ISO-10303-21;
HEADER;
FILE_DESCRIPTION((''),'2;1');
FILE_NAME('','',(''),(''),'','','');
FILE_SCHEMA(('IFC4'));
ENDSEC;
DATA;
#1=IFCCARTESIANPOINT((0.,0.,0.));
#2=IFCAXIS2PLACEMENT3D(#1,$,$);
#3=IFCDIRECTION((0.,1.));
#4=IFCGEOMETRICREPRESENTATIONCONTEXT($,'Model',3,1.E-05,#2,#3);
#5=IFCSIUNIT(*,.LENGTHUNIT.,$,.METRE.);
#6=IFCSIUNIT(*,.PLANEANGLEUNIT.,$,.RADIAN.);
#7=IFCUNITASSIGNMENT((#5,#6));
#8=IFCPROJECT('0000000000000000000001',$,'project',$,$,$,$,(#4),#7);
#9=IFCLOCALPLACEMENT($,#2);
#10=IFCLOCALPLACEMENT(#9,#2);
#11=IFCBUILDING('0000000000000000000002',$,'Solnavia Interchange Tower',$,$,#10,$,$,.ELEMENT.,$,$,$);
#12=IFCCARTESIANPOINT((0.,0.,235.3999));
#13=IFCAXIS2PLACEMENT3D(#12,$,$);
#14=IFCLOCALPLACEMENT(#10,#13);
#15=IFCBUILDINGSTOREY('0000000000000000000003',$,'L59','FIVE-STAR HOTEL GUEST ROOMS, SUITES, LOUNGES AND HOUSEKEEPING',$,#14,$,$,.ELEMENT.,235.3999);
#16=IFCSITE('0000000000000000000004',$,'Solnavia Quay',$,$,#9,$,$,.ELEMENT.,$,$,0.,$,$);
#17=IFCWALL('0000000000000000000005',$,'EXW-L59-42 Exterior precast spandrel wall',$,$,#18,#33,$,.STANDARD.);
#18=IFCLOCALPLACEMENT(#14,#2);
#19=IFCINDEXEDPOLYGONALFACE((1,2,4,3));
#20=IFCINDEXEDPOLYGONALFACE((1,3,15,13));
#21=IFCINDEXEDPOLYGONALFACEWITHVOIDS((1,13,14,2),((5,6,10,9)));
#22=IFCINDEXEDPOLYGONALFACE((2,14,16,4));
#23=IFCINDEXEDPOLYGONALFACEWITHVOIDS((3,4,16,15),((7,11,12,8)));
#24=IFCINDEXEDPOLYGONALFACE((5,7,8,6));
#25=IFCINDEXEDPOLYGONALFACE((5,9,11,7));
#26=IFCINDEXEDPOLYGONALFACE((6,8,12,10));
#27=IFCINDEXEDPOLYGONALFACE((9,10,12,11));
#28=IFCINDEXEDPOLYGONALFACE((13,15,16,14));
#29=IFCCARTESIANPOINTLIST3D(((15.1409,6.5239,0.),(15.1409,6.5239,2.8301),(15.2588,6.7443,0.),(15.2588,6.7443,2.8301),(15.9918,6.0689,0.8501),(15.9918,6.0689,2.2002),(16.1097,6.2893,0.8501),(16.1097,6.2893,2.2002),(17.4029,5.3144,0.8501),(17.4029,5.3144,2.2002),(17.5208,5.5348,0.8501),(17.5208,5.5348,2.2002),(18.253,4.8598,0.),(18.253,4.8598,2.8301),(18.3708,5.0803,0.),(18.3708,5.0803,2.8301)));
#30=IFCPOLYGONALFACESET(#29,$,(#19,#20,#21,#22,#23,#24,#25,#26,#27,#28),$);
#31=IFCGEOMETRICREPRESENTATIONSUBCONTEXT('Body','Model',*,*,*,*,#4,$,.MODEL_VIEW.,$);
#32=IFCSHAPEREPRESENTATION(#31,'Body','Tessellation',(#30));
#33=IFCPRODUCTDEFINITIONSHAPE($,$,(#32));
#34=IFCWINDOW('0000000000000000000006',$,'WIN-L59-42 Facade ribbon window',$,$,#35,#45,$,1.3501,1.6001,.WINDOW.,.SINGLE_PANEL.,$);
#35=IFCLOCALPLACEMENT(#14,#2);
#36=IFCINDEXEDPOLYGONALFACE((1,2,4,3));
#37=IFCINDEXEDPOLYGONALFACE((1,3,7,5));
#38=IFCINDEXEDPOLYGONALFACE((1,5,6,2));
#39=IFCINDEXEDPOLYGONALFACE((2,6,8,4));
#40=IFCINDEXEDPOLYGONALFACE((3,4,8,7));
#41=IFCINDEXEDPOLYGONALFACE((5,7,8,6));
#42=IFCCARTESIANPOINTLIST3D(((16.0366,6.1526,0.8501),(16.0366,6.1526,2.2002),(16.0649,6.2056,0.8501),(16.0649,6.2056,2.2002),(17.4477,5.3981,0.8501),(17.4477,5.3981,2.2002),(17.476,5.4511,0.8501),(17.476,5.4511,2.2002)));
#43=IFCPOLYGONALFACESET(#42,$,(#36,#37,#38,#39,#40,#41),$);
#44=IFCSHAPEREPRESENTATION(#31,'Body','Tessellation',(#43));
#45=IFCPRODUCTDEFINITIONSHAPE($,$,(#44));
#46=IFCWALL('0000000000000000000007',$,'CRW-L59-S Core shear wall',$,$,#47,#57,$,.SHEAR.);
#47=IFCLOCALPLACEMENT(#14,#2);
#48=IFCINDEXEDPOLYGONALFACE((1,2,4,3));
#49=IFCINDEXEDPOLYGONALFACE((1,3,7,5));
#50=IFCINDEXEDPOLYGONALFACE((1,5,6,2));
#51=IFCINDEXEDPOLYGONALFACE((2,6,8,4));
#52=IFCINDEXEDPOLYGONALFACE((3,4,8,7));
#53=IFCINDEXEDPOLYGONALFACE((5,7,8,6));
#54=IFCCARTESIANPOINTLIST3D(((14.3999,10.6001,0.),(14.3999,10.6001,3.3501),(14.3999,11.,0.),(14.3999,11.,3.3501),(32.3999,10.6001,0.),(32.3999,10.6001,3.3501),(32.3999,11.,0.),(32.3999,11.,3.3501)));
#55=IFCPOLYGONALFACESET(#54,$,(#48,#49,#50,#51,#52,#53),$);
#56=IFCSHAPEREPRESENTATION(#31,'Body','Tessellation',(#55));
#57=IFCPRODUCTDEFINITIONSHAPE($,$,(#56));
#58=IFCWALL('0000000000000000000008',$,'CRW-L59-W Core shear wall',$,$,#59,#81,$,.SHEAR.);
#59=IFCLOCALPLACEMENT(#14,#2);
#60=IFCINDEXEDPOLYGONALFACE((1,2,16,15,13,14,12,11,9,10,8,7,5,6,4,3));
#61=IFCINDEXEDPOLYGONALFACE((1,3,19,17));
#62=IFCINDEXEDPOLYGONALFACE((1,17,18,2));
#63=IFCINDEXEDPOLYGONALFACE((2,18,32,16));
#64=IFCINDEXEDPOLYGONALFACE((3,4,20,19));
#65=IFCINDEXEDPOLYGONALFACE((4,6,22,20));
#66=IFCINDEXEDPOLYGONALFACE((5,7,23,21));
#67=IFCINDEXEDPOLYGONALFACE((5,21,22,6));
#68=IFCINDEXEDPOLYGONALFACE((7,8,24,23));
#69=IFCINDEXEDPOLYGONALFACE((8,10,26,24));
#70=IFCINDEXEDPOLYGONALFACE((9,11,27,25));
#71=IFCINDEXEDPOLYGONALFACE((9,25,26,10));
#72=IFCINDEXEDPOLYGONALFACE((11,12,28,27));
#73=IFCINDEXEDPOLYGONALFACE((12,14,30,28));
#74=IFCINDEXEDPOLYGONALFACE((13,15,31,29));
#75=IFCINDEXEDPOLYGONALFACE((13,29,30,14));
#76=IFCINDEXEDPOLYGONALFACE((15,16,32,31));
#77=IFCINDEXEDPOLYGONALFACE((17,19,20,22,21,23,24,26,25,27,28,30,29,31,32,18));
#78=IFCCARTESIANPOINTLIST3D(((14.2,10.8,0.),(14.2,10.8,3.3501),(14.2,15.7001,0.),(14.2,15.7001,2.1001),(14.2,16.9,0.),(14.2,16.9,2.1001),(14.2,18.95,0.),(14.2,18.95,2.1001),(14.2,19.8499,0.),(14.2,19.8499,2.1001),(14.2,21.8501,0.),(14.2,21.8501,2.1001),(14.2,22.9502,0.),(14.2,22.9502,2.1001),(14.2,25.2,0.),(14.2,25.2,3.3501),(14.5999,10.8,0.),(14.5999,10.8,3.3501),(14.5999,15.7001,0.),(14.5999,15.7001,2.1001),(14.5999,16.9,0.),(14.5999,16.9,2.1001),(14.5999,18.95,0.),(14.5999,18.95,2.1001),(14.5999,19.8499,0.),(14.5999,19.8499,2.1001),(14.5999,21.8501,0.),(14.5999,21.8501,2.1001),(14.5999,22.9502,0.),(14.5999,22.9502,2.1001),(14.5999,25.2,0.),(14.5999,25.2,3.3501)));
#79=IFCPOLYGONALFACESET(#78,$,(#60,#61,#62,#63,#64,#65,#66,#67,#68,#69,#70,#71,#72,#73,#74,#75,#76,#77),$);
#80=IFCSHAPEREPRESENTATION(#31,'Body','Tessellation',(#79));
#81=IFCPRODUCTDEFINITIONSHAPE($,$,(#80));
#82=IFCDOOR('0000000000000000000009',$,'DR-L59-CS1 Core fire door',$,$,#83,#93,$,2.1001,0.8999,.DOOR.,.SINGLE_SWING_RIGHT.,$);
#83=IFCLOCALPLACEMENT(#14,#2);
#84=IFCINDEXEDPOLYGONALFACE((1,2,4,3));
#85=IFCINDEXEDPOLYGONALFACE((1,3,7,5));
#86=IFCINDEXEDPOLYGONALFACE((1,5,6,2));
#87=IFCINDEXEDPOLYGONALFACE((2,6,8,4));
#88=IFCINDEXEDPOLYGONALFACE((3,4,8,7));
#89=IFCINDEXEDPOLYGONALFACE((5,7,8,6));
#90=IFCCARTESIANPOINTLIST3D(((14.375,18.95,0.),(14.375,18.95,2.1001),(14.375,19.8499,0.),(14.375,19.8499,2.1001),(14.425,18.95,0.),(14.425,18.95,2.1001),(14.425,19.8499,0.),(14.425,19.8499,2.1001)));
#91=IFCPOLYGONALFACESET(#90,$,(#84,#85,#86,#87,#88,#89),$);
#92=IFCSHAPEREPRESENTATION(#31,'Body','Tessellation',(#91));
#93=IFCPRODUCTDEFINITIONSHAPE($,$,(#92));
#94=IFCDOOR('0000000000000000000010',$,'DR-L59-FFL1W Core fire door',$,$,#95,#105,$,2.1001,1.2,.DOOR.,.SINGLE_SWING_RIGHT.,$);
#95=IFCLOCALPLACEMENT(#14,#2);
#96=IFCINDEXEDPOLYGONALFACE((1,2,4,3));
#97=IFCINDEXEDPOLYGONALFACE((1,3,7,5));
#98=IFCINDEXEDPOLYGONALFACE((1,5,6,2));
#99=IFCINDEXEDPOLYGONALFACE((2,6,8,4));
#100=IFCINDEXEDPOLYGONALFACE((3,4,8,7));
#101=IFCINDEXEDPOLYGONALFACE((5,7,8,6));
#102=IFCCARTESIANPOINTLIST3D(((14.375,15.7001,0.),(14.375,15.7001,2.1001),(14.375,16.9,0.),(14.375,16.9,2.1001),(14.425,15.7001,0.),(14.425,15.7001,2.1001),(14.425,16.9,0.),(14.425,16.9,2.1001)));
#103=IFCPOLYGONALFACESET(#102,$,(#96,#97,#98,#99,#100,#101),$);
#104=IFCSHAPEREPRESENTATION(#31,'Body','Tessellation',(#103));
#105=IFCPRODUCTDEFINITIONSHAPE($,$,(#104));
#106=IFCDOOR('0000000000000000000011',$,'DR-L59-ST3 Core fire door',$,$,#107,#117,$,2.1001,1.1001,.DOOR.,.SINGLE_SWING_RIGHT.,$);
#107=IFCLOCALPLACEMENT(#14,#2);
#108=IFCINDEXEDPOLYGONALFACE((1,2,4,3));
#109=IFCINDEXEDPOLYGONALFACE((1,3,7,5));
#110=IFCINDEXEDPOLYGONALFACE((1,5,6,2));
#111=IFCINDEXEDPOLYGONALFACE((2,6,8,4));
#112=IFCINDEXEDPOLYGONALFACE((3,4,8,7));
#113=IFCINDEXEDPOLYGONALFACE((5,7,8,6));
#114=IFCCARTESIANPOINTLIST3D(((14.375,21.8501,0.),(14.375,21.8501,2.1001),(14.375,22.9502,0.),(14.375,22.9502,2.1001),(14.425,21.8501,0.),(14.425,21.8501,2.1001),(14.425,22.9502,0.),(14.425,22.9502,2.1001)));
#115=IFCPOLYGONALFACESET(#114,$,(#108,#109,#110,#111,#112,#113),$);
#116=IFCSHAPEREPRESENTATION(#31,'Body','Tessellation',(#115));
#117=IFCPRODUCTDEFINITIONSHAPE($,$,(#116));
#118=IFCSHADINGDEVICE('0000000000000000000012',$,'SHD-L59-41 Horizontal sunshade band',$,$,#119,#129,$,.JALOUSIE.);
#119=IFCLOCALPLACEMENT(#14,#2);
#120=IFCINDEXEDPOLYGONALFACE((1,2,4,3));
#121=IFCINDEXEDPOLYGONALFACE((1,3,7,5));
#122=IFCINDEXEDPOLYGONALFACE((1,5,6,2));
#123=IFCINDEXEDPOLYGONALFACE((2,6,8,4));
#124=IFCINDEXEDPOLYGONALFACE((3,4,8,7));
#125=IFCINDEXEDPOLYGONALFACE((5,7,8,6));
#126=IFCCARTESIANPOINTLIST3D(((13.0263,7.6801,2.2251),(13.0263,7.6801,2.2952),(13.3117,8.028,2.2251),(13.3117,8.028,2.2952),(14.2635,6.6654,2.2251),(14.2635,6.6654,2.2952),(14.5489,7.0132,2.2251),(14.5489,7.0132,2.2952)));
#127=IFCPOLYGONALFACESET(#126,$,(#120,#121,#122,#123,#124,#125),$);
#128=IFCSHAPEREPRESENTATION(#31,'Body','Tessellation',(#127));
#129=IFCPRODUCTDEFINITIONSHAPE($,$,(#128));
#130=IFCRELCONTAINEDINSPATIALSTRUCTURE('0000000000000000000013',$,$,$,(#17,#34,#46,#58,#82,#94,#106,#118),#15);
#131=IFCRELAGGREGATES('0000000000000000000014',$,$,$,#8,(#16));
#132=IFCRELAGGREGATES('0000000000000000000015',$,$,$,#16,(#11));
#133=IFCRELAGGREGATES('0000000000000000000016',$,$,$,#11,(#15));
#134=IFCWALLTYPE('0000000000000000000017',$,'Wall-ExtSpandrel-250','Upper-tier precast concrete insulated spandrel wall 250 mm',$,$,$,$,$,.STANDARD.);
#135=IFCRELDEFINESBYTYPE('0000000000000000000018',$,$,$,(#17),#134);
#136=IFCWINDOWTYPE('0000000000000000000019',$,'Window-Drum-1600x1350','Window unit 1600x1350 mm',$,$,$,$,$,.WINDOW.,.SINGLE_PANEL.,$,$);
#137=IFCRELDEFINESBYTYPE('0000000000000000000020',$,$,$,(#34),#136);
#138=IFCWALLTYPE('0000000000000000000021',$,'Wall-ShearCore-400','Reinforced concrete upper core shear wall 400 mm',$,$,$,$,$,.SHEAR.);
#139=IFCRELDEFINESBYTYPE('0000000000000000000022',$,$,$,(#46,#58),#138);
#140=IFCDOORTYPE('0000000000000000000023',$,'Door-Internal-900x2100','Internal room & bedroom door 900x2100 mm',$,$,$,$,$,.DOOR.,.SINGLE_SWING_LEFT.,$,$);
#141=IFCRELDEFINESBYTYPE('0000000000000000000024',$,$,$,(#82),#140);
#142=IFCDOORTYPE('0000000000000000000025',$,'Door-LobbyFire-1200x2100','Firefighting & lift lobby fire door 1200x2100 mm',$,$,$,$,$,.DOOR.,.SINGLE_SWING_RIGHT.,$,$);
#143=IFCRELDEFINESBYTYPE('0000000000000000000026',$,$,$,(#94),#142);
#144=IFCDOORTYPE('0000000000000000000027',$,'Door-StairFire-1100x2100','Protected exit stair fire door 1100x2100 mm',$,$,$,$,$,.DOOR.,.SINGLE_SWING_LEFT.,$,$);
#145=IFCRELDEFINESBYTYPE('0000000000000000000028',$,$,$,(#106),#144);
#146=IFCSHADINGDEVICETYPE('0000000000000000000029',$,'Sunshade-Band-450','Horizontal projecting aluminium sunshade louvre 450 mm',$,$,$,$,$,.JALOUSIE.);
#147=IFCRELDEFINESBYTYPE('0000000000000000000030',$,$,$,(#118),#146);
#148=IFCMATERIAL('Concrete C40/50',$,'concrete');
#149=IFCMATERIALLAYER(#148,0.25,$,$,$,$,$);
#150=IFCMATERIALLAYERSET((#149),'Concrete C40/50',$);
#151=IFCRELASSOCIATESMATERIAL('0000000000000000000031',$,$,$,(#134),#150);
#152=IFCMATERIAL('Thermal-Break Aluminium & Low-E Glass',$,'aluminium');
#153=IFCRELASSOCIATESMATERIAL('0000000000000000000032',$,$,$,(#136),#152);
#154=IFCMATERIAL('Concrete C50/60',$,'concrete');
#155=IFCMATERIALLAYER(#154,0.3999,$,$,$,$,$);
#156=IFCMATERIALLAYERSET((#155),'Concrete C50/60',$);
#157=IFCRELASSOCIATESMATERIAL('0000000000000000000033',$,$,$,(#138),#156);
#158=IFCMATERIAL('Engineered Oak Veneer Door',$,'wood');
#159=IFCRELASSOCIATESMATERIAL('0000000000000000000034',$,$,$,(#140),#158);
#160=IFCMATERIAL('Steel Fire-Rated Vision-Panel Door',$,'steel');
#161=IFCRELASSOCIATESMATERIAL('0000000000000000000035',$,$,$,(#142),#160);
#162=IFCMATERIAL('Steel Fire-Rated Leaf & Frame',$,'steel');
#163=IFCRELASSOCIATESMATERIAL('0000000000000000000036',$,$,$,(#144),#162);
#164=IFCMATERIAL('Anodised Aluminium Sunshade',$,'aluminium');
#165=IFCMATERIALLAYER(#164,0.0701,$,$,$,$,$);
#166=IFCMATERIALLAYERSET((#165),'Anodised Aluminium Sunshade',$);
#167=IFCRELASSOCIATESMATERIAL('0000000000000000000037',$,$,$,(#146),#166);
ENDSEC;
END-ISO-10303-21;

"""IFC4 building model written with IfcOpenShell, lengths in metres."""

from ifc_helpers import new_model, si_unit, direction, frame, frame_2d, origin, origin_2d, place, context, subcontext, project, spatial, rectangle, extrude, material, layer, layer_set, type_object, element, fill, save


model = new_model("IFC4")

# Units and contexts
model_context = context("Model", 3, precision=1e-05, world=origin(), true_north=direction((0.0, 1.0)))
body_context = subcontext(model_context, "Body", "Model", "MODEL_VIEW")
ifc_project = project(units=[si_unit("LENGTHUNIT", "METRE"), si_unit("PLANEANGLEUNIT", "RADIAN")], contexts=[model_context])

# Site, building, storey
site_placement = place(None, origin())
site = spatial("IfcSite", under=ifc_project, at=site_placement, Name="Solnavia Quay", CompositionType="ELEMENT", RefElevation=0.0)
building_placement = place(site_placement, origin())
building = spatial("IfcBuilding", under=site, at=building_placement, Name="Solnavia Interchange Tower", CompositionType="ELEMENT")
storey_placement = place(building_placement, frame((0.0, 0.0, 235.3999)))
storey = spatial("IfcBuildingStorey", under=building, at=storey_placement, Name="L59", Description="FIVE-STAR HOTEL GUEST ROOMS, SUITES, LOUNGES AND HOUSEKEEPING", CompositionType="ELEMENT", Elevation=235.3999)

# Shared definitions
ifc_material_1 = material(Name="Concrete C50/60", Category="concrete")

# Wall, opening, window
ifc_material_2 = material(Name="Concrete C40/50", Category="concrete")
ifc_layer_1 = layer(ifc_material_2, 0.25)
ifc_layer_set_1 = layer_set([ifc_layer_1], Name="Concrete C40/50")
wall_type_1 = type_object("IfcWallType", Name="Wall-ExtSpandrel-250", Description="Upper-tier precast concrete insulated spandrel wall 250 mm", PredefinedType="STANDARD", material=ifc_layer_set_1)
ifc_material_3 = material(Name="Thermal-Break Aluminium & Low-E Glass", Category="aluminium")
window_type = type_object("IfcWindowType", Name="Window-Drum-1600x1350", Description="Window unit 1600x1350 mm", PartitioningType="SINGLE_PANEL", PredefinedType="WINDOW", material=ifc_material_3)
wall_1_placement = place(storey_placement, frame((18.312, 4.97, 0.0), z_axis=(0.0, 0.0, 1.0), x_axis=(-0.881847, 0.471536, 0.0)))
wall_1 = element("IfcWall", 1, at=wall_1_placement, inside=storey, type_object=wall_type_1, Name="EXW-L59-42 Exterior precast spandrel wall", PredefinedType="STANDARD", context=body_context, shape_type="SweptSolid", body=[
    extrude(rectangle(XDim=3.5291, YDim=0.25, at=frame_2d((1.7646, 0.0))), origin(), (0.0, 0.0, 1.0), 2.8301),
])
opening_1_placement = place(wall_1_placement, frame((0.9641, 0.0, 0.8501)))
opening_1 = element("IfcOpeningElement", 2, at=opening_1_placement, cuts=wall_1, PredefinedType="OPENING", context=body_context, shape_type="SweptSolid", body=[
    extrude(rectangle(XDim=1.6001, YDim=1.3501, at=frame_2d((0.8, 0.675))), frame((0.0, 0.135, 0.0), z_axis=(0.0, -1.0, 0.0), x_axis=(1.0, 0.0, 0.0)), (0.0, 0.0, 1.0), 0.27),
])
window_1_placement = place(opening_1_placement, origin())
window_1 = element("IfcWindow", 3, at=window_1_placement, inside=storey, type_object=window_type, Name="WIN-L59-42 Facade ribbon window", OverallHeight=1.3501, OverallWidth=1.6001, PartitioningType="SINGLE_PANEL", PredefinedType="WINDOW", context=body_context, shape_type="SweptSolid", body=[
    extrude(rectangle(XDim=1.6001, YDim=1.3501, at=frame_2d((0.8, 0.675))), frame((0.0, 0.03, 0.0), z_axis=(0.0, -1.0, 0.0), x_axis=(1.0, 0.0, 0.0)), (0.0, 0.0, 1.0), 0.0601),
])
fill(opening_1, window_1)

# Wall
ifc_layer_2 = layer(ifc_material_1, 0.3999)
ifc_layer_set_2 = layer_set([ifc_layer_2], Name="Concrete C50/60")
wall_type_2 = type_object("IfcWallType", Name="Wall-ShearCore-400", Description="Reinforced concrete upper core shear wall 400 mm", PredefinedType="SHEAR", material=ifc_layer_set_2)
wall_2_placement = place(storey_placement, frame((14.3999, 10.8, 0.0), z_axis=(0.0, 0.0, 1.0), x_axis=(1.0, 0.0, 0.0)))
element("IfcWall", 4, at=wall_2_placement, inside=storey, type_object=wall_type_2, Name="CRW-L59-S Core shear wall", PredefinedType="SHEAR", context=body_context, shape_type="SweptSolid", body=[
    extrude(rectangle(XDim=18.0, YDim=0.3999, at=frame_2d((9.0, 0.0))), origin(), (0.0, 0.0, 1.0), 3.3501),
])

# Wall, openings, doors
wall_3_placement = place(storey_placement, frame((14.3999, 10.8, 0.0), z_axis=(0.0, 0.0, 1.0), x_axis=(0.0, 1.0, 0.0)))
wall_3 = element("IfcWall", 5, at=wall_3_placement, inside=storey, type_object=wall_type_2, Name="CRW-L59-W Core shear wall", PredefinedType="SHEAR", context=body_context, shape_type="SweptSolid", body=[
    extrude(rectangle(XDim=14.3999, YDim=0.3999, at=frame_2d((7.2, 0.0))), origin(), (0.0, 0.0, 1.0), 3.3501),
])
opening_2_placement = place(wall_3_placement, frame((11.05, 0.0, 0.0)))
opening_2 = element("IfcOpeningElement", 6, at=opening_2_placement, cuts=wall_3, PredefinedType="OPENING", context=body_context, shape_type="SweptSolid", body=[
    extrude(rectangle(XDim=1.1001, YDim=2.1001, at=frame_2d((0.55, 1.05))), frame((0.0, 0.21, 0.0), z_axis=(0.0, -1.0, 0.0), x_axis=(1.0, 0.0, 0.0)), (0.0, 0.0, 1.0), 0.4199),
])
opening_3_placement = place(wall_3_placement, frame((4.8999, 0.0, 0.0)))
opening_3 = element("IfcOpeningElement", 7, at=opening_3_placement, cuts=wall_3, PredefinedType="OPENING", context=body_context, shape_type="SweptSolid", body=[
    extrude(rectangle(XDim=1.2, YDim=2.1001, at=frame_2d((0.6001, 1.05))), frame((0.0, 0.21, 0.0), z_axis=(0.0, -1.0, 0.0), x_axis=(1.0, 0.0, 0.0)), (0.0, 0.0, 1.0), 0.4199),
])
opening_4_placement = place(wall_3_placement, frame((8.1499, 0.0, 0.0)))
opening_4 = element("IfcOpeningElement", 8, at=opening_4_placement, cuts=wall_3, PredefinedType="OPENING", context=body_context, shape_type="SweptSolid", body=[
    extrude(rectangle(XDim=0.8999, YDim=2.1001, at=frame_2d((0.45, 1.05))), frame((0.0, 0.21, 0.0), z_axis=(0.0, -1.0, 0.0), x_axis=(1.0, 0.0, 0.0)), (0.0, 0.0, 1.0), 0.4199),
])
ifc_material_4 = material(Name="Engineered Oak Veneer Door", Category="wood")
door_type_1 = type_object("IfcDoorType", Name="Door-Internal-900x2100", Description="Internal room & bedroom door 900x2100 mm", OperationType="SINGLE_SWING_LEFT", PredefinedType="DOOR", material=ifc_material_4)
door_1_placement = place(opening_4_placement, origin())
door_1 = element("IfcDoor", 9, at=door_1_placement, inside=storey, type_object=door_type_1, Name="DR-L59-CS1 Core fire door", OperationType="SINGLE_SWING_RIGHT", OverallHeight=2.1001, OverallWidth=0.8999, PredefinedType="DOOR", context=body_context, shape_type="SweptSolid", body=[
    extrude(rectangle(XDim=0.8999, YDim=2.1001, at=frame_2d((0.45, 1.05))), frame((0.0, 0.0249, 0.0), z_axis=(0.0, -1.0, 0.0), x_axis=(1.0, 0.0, 0.0)), (0.0, 0.0, 1.0), 0.05),
])
fill(opening_4, door_1)
ifc_material_5 = material(Name="Steel Fire-Rated Vision-Panel Door", Category="steel")
door_type_2 = type_object("IfcDoorType", Name="Door-LobbyFire-1200x2100", Description="Firefighting & lift lobby fire door 1200x2100 mm", OperationType="SINGLE_SWING_RIGHT", PredefinedType="DOOR", material=ifc_material_5)
door_2_placement = place(opening_3_placement, origin())
door_2 = element("IfcDoor", 10, at=door_2_placement, inside=storey, type_object=door_type_2, Name="DR-L59-FFL1W Core fire door", OperationType="SINGLE_SWING_RIGHT", OverallHeight=2.1001, OverallWidth=1.2, PredefinedType="DOOR", context=body_context, shape_type="SweptSolid", body=[
    extrude(rectangle(XDim=1.2, YDim=2.1001, at=frame_2d((0.6001, 1.05))), frame((0.0, 0.0249, 0.0), z_axis=(0.0, -1.0, 0.0), x_axis=(1.0, 0.0, 0.0)), (0.0, 0.0, 1.0), 0.05),
])
fill(opening_3, door_2)
ifc_material_6 = material(Name="Steel Fire-Rated Leaf & Frame", Category="steel")
door_type_3 = type_object("IfcDoorType", Name="Door-StairFire-1100x2100", Description="Protected exit stair fire door 1100x2100 mm", OperationType="SINGLE_SWING_LEFT", PredefinedType="DOOR", material=ifc_material_6)
door_3_placement = place(opening_2_placement, origin())
door_3 = element("IfcDoor", 11, at=door_3_placement, inside=storey, type_object=door_type_3, Name="DR-L59-ST3 Core fire door", OperationType="SINGLE_SWING_RIGHT", OverallHeight=2.1001, OverallWidth=1.1001, PredefinedType="DOOR", context=body_context, shape_type="SweptSolid", body=[
    extrude(rectangle(XDim=1.1001, YDim=2.1001, at=frame_2d((0.55, 1.05))), frame((0.0, 0.0249, 0.0), z_axis=(0.0, -1.0, 0.0), x_axis=(1.0, 0.0, 0.0)), (0.0, 0.0, 1.0), 0.05),
])
fill(opening_2, door_3)

# Shading device
ifc_material_7 = material(Name="Anodised Aluminium Sunshade", Category="aluminium")
ifc_layer_3 = layer(ifc_material_7, 0.0701)
ifc_layer_set_3 = layer_set([ifc_layer_3], Name="Anodised Aluminium Sunshade")
shading_device_type = type_object("IfcShadingDeviceType", Name="Sunshade-Band-450", Description="Horizontal projecting aluminium sunshade louvre 450 mm", PredefinedType="JALOUSIE", material=ifc_layer_set_3)
shading_device_placement = place(storey_placement, frame((13.7876, 7.3467, 2.2251), z_axis=(0.0, 0.0, 1.0), x_axis=(-0.773177, 0.634191, 0.0)))
element("IfcShadingDevice", 12, at=shading_device_placement, inside=storey, type_object=shading_device_type, Name="SHD-L59-41 Horizontal sunshade band", PredefinedType="JALOUSIE", context=body_context, shape_type="SweptSolid", body=[
    extrude(rectangle(XDim=1.6001, YDim=0.45, at=origin_2d()), origin(), (0.0, 0.0, 1.0), 0.0701),
])

save(model, "model.ifc")
